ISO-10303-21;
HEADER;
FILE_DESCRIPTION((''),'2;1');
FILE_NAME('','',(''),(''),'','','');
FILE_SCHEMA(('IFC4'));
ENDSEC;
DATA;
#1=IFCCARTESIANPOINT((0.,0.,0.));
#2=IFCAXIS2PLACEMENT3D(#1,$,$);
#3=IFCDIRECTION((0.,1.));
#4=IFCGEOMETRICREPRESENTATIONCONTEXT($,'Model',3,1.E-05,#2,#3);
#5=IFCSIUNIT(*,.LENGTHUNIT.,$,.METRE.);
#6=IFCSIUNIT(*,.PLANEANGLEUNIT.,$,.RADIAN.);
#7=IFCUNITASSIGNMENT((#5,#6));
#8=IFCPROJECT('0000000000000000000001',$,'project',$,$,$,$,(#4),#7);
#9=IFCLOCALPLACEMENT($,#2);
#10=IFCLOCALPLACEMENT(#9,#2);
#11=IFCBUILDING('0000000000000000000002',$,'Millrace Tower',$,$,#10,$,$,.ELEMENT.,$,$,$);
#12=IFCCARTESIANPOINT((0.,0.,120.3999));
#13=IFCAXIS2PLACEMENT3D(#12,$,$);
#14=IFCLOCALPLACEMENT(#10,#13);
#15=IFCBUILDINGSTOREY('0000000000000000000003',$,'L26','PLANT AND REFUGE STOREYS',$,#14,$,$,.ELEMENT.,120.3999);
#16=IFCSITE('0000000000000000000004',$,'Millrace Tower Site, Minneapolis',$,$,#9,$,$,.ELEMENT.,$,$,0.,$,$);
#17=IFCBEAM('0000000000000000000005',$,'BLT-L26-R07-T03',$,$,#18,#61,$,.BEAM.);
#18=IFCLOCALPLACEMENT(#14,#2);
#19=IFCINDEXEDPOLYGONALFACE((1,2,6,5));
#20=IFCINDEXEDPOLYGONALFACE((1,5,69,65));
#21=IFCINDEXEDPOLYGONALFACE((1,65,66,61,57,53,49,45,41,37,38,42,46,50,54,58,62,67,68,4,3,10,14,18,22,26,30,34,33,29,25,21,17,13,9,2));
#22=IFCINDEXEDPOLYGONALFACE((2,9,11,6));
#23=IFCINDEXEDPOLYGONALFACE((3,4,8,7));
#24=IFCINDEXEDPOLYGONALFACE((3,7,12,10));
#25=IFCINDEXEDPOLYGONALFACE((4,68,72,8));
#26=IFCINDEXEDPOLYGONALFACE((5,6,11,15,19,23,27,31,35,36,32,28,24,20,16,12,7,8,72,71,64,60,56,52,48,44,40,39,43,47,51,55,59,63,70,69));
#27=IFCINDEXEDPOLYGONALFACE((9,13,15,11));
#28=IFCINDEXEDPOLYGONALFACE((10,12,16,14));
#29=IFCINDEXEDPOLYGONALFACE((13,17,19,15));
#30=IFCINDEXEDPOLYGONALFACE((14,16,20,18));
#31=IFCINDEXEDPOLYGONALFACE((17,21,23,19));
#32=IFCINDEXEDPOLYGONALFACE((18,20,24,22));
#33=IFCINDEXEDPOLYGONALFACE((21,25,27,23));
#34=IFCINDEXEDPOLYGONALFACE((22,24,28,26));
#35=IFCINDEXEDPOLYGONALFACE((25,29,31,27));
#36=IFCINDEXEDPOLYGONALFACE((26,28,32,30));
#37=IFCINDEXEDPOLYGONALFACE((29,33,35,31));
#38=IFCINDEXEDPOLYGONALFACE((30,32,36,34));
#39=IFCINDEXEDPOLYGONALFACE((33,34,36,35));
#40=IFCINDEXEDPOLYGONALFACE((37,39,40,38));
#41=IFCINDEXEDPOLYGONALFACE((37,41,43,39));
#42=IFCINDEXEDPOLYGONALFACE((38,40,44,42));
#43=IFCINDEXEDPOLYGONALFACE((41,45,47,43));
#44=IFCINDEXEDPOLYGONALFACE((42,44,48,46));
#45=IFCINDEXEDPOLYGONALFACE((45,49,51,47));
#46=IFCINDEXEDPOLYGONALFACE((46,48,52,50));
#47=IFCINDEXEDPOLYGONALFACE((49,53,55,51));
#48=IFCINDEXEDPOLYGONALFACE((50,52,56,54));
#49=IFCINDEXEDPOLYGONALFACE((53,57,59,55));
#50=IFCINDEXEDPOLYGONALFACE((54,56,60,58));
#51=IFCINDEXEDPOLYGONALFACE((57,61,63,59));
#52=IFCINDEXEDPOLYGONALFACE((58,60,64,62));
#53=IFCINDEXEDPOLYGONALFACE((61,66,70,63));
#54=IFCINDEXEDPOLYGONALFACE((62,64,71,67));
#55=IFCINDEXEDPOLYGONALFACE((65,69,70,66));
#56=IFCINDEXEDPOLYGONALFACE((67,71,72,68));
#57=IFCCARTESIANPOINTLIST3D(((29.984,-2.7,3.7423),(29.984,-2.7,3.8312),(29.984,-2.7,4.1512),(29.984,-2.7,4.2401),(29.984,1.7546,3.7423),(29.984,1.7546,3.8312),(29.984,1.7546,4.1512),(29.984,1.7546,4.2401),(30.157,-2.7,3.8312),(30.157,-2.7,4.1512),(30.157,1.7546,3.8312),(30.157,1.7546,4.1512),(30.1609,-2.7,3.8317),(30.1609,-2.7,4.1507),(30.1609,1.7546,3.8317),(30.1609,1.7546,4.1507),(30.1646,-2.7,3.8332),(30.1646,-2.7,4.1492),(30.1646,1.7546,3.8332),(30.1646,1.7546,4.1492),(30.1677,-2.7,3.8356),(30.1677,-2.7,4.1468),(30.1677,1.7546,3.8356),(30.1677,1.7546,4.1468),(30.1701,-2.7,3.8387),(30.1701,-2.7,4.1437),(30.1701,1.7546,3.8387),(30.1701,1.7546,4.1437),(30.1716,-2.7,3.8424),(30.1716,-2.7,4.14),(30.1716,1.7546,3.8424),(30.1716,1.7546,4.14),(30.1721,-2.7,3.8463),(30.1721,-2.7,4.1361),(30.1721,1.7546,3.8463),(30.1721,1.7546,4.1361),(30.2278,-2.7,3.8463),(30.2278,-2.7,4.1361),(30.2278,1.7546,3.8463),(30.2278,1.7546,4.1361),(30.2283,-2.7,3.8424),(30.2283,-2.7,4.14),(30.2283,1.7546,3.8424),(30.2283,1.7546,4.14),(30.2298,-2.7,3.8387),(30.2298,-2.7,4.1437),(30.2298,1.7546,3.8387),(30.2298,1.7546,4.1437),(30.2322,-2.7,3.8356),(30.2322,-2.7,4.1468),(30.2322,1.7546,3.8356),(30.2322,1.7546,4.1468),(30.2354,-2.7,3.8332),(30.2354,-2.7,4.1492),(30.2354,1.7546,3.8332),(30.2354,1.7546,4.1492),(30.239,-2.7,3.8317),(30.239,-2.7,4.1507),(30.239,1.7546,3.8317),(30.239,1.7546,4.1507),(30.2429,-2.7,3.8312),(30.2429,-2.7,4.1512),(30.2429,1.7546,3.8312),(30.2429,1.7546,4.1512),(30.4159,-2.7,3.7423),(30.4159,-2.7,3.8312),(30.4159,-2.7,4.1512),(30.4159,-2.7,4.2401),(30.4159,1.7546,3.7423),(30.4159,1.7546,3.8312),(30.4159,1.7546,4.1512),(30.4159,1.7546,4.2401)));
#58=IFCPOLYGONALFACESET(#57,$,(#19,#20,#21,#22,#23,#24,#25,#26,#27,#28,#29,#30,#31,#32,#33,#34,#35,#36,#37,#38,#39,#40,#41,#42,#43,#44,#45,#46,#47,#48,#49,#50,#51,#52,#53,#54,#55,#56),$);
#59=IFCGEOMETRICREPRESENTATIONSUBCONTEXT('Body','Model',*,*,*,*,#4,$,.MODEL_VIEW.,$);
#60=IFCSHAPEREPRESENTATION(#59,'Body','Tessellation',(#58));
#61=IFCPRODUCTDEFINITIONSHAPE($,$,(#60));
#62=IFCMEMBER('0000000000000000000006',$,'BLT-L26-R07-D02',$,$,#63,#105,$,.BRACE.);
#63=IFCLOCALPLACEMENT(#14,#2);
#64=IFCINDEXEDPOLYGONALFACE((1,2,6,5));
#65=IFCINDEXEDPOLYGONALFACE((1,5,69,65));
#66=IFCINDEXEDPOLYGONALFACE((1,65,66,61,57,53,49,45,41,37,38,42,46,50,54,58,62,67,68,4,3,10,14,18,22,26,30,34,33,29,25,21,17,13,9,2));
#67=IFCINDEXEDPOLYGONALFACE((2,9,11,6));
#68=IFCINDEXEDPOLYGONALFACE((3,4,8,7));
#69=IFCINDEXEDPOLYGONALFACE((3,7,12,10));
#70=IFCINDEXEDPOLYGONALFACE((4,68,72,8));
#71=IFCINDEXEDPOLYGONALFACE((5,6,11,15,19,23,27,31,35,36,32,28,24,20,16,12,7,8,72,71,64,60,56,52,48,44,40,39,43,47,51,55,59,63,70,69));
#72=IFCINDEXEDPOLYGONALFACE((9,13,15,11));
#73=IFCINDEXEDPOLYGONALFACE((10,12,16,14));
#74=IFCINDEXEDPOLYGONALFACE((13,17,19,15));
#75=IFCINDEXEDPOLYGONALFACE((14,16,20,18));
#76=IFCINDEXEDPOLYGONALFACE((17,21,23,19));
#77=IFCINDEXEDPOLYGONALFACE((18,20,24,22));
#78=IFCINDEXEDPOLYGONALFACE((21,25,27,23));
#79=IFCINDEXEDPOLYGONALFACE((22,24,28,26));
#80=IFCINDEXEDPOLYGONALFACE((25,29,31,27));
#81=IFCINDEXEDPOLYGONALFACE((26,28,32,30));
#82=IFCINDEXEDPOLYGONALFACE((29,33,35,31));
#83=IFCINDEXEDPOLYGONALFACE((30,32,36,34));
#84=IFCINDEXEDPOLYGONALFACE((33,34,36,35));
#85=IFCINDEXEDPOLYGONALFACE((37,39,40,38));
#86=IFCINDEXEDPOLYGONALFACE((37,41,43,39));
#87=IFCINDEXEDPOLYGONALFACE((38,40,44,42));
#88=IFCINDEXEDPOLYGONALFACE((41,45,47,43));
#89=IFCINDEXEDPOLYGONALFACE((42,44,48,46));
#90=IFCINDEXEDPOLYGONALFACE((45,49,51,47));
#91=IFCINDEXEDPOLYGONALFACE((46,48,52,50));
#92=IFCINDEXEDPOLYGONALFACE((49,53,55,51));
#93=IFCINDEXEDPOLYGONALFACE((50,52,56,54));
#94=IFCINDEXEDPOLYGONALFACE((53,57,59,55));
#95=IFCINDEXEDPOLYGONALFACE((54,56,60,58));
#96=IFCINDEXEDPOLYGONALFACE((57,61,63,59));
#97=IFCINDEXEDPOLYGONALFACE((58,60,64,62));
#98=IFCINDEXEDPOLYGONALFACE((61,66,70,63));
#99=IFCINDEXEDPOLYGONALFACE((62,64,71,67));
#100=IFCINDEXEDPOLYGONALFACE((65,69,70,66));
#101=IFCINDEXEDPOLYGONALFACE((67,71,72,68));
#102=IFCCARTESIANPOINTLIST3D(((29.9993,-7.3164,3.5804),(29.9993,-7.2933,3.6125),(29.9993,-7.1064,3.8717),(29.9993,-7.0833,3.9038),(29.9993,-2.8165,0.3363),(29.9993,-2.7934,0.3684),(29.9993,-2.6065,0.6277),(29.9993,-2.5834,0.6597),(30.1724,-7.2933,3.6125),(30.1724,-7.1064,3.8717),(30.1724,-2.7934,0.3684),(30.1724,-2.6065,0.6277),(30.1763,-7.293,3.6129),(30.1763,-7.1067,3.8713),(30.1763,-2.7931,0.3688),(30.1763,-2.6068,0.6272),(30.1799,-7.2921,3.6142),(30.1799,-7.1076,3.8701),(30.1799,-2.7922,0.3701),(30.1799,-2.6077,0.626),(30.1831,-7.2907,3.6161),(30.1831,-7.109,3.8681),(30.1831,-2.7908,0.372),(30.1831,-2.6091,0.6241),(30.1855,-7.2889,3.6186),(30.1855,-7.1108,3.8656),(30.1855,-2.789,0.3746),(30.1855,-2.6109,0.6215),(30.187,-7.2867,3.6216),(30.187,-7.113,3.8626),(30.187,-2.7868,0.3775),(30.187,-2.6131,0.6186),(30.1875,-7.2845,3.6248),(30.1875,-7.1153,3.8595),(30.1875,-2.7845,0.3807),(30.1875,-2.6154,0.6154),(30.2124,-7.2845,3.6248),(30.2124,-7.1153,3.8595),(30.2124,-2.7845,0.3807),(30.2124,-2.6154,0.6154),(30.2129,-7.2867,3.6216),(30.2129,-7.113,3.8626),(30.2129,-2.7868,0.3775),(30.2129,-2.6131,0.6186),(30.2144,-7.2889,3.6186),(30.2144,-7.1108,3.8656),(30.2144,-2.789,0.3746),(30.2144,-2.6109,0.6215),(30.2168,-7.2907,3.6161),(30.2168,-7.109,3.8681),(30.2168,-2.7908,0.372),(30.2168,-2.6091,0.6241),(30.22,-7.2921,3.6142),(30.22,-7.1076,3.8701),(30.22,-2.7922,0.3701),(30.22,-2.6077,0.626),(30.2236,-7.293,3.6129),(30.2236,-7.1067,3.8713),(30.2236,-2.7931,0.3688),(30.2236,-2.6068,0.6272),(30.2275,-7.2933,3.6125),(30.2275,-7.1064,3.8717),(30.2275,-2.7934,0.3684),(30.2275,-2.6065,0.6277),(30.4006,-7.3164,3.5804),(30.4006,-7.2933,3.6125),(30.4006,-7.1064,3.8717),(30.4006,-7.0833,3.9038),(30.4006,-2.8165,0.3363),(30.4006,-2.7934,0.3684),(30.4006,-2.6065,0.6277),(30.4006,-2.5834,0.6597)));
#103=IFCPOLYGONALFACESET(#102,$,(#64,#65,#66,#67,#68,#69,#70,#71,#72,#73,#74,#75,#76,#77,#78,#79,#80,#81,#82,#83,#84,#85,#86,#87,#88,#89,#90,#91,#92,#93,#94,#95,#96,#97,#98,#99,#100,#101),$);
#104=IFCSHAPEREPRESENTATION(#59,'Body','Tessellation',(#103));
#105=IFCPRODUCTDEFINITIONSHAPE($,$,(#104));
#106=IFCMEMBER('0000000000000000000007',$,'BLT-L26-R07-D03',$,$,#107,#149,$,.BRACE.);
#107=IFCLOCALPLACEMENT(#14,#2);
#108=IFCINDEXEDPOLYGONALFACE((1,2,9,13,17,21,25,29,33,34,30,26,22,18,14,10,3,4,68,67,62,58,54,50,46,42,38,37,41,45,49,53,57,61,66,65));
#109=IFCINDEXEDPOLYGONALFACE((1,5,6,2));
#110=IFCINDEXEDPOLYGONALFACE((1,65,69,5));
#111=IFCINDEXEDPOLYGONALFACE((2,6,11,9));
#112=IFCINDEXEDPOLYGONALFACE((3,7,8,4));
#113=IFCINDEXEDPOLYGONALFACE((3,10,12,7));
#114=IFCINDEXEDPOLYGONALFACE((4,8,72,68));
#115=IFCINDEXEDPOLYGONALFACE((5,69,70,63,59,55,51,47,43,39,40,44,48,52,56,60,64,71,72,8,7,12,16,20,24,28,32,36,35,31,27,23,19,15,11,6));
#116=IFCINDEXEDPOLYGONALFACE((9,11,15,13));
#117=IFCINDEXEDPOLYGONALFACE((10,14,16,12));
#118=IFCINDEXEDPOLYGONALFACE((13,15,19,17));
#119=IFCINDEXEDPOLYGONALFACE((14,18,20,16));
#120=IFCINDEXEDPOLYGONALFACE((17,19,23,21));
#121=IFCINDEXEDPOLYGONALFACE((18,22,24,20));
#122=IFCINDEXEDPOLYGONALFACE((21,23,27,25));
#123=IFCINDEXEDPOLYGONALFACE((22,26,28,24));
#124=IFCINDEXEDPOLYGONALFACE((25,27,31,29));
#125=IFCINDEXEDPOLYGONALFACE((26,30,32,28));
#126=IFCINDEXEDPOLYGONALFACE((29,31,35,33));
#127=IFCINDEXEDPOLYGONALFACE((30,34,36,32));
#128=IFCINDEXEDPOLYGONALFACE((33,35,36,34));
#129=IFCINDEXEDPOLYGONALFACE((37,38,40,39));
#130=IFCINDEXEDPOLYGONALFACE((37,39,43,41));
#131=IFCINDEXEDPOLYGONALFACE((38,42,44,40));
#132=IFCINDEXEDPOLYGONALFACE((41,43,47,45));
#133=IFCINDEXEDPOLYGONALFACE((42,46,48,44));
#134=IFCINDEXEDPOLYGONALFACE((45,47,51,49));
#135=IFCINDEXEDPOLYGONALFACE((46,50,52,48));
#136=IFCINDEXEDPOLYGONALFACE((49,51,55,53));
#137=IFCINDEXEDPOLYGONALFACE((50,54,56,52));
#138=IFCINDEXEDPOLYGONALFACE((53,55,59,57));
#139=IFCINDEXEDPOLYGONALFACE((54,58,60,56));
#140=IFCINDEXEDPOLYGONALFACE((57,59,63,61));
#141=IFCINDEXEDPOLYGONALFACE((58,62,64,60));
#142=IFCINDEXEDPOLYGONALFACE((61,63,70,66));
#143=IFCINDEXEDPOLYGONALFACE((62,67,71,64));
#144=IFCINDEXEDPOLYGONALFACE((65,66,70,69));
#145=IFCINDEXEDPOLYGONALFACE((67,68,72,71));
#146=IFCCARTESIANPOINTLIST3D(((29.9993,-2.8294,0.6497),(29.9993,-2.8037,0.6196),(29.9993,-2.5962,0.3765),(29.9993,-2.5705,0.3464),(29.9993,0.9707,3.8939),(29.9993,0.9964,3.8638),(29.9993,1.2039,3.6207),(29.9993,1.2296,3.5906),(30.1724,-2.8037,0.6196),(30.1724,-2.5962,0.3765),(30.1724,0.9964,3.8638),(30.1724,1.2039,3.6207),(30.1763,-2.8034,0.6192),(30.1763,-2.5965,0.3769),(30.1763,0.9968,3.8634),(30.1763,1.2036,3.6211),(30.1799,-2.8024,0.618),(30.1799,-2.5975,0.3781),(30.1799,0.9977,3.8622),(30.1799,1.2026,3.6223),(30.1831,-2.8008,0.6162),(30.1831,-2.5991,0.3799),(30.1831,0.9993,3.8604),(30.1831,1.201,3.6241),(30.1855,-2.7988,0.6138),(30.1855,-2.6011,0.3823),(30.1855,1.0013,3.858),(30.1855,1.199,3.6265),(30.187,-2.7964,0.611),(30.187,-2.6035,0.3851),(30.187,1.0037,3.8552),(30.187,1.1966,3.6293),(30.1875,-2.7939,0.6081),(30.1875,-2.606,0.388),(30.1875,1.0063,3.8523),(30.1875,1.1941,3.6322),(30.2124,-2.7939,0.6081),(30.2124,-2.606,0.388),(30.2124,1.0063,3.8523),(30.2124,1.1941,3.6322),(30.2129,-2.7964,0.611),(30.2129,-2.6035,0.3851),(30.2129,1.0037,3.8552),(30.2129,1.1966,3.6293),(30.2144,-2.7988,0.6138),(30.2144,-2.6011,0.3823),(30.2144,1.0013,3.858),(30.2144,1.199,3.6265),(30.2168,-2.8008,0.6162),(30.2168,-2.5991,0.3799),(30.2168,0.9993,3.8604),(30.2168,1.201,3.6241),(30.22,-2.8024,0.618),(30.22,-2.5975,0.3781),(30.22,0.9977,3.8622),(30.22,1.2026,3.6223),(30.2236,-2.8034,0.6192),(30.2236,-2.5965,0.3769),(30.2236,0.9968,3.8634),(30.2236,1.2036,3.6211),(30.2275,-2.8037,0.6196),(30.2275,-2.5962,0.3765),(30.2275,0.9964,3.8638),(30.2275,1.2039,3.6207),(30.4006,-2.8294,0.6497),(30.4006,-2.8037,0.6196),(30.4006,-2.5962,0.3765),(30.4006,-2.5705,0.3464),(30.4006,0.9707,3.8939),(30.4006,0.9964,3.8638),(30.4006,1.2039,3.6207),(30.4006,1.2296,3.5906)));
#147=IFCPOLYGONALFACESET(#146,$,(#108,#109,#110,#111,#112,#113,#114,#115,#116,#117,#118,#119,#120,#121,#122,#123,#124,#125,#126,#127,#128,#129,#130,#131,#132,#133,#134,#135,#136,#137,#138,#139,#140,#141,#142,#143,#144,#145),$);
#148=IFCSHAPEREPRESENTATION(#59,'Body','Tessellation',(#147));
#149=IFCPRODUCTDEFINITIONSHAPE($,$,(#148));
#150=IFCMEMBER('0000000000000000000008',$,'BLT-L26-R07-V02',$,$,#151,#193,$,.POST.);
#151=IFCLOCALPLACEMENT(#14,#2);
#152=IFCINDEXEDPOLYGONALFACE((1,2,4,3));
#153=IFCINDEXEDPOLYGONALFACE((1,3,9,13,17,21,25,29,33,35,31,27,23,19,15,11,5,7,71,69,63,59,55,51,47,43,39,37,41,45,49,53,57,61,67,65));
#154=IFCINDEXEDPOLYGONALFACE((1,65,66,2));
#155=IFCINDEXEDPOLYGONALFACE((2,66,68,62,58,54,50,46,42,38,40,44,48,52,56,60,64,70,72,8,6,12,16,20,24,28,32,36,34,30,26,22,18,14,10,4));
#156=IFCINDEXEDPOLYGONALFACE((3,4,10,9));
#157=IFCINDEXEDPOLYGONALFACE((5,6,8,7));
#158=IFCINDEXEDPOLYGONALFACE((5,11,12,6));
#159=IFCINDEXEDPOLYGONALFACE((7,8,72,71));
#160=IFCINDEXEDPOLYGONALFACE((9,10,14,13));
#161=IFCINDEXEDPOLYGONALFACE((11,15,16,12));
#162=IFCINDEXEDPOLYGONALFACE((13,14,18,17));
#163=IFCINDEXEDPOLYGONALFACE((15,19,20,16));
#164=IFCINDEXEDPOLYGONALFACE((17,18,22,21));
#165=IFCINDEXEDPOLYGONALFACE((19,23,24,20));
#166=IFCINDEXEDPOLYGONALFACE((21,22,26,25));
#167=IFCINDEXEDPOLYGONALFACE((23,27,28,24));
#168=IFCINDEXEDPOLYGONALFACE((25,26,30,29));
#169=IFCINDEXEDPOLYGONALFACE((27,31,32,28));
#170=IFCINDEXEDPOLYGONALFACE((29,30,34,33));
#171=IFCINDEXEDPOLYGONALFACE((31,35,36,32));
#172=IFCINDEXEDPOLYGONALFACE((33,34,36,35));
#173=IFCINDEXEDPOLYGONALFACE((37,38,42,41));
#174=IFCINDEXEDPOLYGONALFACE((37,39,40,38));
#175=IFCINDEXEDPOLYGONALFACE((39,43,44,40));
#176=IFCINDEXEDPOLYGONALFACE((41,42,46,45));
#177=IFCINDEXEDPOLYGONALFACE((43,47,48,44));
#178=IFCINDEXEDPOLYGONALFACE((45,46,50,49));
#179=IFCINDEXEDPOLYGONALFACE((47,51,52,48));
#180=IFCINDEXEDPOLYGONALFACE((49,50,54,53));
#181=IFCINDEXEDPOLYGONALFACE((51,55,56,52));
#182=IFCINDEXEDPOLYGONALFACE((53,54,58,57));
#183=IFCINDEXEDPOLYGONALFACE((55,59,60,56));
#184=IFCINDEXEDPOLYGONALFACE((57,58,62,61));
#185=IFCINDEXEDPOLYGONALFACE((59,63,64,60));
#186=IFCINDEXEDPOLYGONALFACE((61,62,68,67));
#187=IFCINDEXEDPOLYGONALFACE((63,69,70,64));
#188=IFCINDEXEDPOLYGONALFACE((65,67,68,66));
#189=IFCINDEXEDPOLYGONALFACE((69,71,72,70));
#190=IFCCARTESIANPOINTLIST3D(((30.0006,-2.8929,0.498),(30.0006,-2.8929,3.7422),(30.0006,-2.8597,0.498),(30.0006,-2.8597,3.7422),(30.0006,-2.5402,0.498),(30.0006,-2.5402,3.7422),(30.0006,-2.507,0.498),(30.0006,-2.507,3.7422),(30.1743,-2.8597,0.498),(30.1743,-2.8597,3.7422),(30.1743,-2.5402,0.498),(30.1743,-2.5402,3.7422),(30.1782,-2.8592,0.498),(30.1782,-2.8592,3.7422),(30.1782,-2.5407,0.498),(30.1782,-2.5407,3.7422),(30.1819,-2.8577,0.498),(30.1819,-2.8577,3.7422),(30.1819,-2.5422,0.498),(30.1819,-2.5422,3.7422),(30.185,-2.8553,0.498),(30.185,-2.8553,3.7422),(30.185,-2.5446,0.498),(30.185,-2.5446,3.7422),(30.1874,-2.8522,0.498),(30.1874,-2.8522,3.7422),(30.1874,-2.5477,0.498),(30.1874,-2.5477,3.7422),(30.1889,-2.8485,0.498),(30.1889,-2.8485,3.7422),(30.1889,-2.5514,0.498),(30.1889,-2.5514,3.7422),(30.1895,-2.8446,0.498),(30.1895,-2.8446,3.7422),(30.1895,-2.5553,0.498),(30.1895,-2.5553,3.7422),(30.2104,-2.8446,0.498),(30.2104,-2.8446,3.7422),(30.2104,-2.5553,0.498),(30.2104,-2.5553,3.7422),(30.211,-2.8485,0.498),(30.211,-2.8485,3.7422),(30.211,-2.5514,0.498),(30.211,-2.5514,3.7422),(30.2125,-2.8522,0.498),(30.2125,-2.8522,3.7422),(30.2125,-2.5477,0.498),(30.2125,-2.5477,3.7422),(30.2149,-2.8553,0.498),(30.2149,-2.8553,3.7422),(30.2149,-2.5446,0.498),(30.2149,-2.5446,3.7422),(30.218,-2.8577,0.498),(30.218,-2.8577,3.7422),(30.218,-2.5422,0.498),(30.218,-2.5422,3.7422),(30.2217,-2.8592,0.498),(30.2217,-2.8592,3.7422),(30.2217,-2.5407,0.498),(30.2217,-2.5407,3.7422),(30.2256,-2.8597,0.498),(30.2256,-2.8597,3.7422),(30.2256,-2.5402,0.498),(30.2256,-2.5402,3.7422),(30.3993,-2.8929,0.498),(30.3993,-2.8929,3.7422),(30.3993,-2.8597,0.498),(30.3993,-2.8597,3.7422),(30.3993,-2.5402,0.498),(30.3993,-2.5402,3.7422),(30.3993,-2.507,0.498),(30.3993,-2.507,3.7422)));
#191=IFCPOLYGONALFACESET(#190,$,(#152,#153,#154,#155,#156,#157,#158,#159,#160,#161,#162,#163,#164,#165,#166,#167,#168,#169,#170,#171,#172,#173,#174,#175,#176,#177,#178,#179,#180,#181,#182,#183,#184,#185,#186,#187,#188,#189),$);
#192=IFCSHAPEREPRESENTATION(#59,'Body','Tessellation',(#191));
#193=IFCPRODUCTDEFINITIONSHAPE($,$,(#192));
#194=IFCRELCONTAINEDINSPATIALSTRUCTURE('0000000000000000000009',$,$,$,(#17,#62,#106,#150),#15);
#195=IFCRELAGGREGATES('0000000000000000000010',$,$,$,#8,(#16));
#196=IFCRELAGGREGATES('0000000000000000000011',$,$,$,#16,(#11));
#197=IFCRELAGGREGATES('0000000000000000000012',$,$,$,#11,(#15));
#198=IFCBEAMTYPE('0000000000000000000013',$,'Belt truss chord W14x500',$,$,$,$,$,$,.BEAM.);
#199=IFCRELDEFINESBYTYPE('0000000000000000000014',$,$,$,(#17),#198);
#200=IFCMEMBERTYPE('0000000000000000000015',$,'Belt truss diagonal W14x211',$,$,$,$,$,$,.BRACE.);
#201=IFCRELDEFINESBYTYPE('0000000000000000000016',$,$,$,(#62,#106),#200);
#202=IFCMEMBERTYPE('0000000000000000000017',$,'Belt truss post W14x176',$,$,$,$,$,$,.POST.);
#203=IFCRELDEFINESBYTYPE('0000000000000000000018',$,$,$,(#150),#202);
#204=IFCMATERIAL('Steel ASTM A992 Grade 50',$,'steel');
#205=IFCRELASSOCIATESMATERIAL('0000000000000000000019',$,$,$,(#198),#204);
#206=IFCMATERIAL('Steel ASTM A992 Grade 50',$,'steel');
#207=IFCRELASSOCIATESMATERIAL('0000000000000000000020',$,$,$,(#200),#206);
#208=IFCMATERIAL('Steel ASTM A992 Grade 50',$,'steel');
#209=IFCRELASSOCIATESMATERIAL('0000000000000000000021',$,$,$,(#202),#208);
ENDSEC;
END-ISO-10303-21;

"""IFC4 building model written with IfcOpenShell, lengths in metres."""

from ifc_helpers import new_model, si_unit, direction, frame, origin, origin_2d, place, context, subcontext, project, spatial, i_section, extrude, material, material_profile, profile_set, type_object, element, save


model = new_model("IFC4")

# Units and contexts
model_context = context("Model", 3, precision=1e-05, world=origin(), true_north=direction((0.0, 1.0)))
body_context = subcontext(model_context, "Body", "Model", "MODEL_VIEW")
ifc_project = project(units=[si_unit("LENGTHUNIT", "METRE"), si_unit("PLANEANGLEUNIT", "RADIAN")], contexts=[model_context])

# Site, building, storey
site_placement = place(None, origin())
site = spatial("IfcSite", under=ifc_project, at=site_placement, Name="Millrace Tower Site, Minneapolis", CompositionType="ELEMENT", RefElevation=0.0)
building_placement = place(site_placement, origin())
building = spatial("IfcBuilding", under=site, at=building_placement, Name="Millrace Tower", CompositionType="ELEMENT")
storey_placement = place(building_placement, frame((0.0, 0.0, 120.3999)))
storey = spatial("IfcBuildingStorey", under=building, at=storey_placement, Name="L26", Description="PLANT AND REFUGE STOREYS", CompositionType="ELEMENT", Elevation=120.3999)

# Beam
ifc_material_1 = material(Name="Steel ASTM A992 Grade 50", Category="steel")
ifc_material_profile_1 = material_profile(ifc_material_1, i_section(OverallWidth=0.4319, OverallDepth=0.4978, WebThickness=0.0557, FlangeThickness=0.0889, FilletRadius=0.0151, at=origin_2d()))
ifc_profile_set_1 = profile_set([ifc_material_profile_1], Name="Steel ASTM A992 Grade 50")
beam_type_1 = type_object("IfcBeamType", Name="Belt truss chord W14x500", PredefinedType="BEAM", material=ifc_profile_set_1)
beam_1_placement = place(storey_placement, frame((30.2, -2.7, 3.9912), z_axis=(0.0, 1.0, 0.0), x_axis=(-1.0, 0.0, 0.0)))
element("IfcBeam", 1, at=beam_1_placement, inside=storey, type_object=beam_type_1, Name="BLT-L26-R07-T03", PredefinedType="BEAM", context=body_context, shape_type="SweptSolid", body=[
    extrude(i_section(OverallWidth=0.4319, OverallDepth=0.4978, WebThickness=0.0557, FlangeThickness=0.0889, FilletRadius=0.0151, at=origin_2d()), origin(), (0.0, 0.0, 1.0), 4.4546),
])

# Members
ifc_material_2 = material(Name="Steel ASTM A992 Grade 50", Category="steel")
ifc_material_profile_2 = material_profile(ifc_material_2, i_section(OverallWidth=0.4014, OverallDepth=0.3987, WebThickness=0.0249, FlangeThickness=0.0396, FilletRadius=0.0151, at=origin_2d()))
ifc_profile_set_2 = profile_set([ifc_material_profile_2], Name="Steel ASTM A992 Grade 50")
member_type_1 = type_object("IfcMemberType", Name="Belt truss diagonal W14x211", PredefinedType="BRACE", material=ifc_profile_set_2)
member_1_placement = place(storey_placement, frame((30.2, -2.7, 0.498), z_axis=(0.0, -0.81118, 0.584796), x_axis=(1.0, 0.0, 0.0)))
element("IfcMember", 2, at=member_1_placement, inside=storey, type_object=member_type_1, Name="BLT-L26-R07-D02", PredefinedType="BRACE", context=body_context, shape_type="SweptSolid", body=[
    extrude(i_section(OverallWidth=0.4014, OverallDepth=0.3987, WebThickness=0.0249, FlangeThickness=0.0396, FilletRadius=0.0151, at=origin_2d()), origin(), (0.0, 0.0, 1.0), 5.5474),
])
member_2_placement = place(storey_placement, frame((30.2, -2.7, 0.498), z_axis=(0.0, 0.760545, 0.649285), x_axis=(-1.0, 0.0, 0.0)))
element("IfcMember", 3, at=member_2_placement, inside=storey, type_object=member_type_1, Name="BLT-L26-R07-D03", PredefinedType="BRACE", context=body_context, shape_type="SweptSolid", body=[
    extrude(i_section(OverallWidth=0.4014, OverallDepth=0.3987, WebThickness=0.0249, FlangeThickness=0.0396, FilletRadius=0.0151, at=origin_2d()), origin(), (0.0, 0.0, 1.0), 4.9966),
])
ifc_material_3 = material(Name="Steel ASTM A992 Grade 50", Category="steel")
ifc_material_profile_3 = material_profile(ifc_material_3, i_section(OverallWidth=0.3987, OverallDepth=0.386, WebThickness=0.021, FlangeThickness=0.0332, FilletRadius=0.0151, at=origin_2d()))
ifc_profile_set_3 = profile_set([ifc_material_profile_3], Name="Steel ASTM A992 Grade 50")
member_type_2 = type_object("IfcMemberType", Name="Belt truss post W14x176", PredefinedType="POST", material=ifc_profile_set_3)
member_3_placement = place(storey_placement, frame((30.2, -2.7, 0.498), z_axis=(0.0, 0.0, 1.0), x_axis=(1.0, 0.0, 0.0)))
element("IfcMember", 4, at=member_3_placement, inside=storey, type_object=member_type_2, Name="BLT-L26-R07-V02", PredefinedType="POST", context=body_context, shape_type="SweptSolid", body=[
    extrude(i_section(OverallWidth=0.3987, OverallDepth=0.386, WebThickness=0.021, FlangeThickness=0.0332, FilletRadius=0.0151, at=origin_2d()), origin(), (0.0, 0.0, 1.0), 3.2441),
])

save(model, "model.ifc")
